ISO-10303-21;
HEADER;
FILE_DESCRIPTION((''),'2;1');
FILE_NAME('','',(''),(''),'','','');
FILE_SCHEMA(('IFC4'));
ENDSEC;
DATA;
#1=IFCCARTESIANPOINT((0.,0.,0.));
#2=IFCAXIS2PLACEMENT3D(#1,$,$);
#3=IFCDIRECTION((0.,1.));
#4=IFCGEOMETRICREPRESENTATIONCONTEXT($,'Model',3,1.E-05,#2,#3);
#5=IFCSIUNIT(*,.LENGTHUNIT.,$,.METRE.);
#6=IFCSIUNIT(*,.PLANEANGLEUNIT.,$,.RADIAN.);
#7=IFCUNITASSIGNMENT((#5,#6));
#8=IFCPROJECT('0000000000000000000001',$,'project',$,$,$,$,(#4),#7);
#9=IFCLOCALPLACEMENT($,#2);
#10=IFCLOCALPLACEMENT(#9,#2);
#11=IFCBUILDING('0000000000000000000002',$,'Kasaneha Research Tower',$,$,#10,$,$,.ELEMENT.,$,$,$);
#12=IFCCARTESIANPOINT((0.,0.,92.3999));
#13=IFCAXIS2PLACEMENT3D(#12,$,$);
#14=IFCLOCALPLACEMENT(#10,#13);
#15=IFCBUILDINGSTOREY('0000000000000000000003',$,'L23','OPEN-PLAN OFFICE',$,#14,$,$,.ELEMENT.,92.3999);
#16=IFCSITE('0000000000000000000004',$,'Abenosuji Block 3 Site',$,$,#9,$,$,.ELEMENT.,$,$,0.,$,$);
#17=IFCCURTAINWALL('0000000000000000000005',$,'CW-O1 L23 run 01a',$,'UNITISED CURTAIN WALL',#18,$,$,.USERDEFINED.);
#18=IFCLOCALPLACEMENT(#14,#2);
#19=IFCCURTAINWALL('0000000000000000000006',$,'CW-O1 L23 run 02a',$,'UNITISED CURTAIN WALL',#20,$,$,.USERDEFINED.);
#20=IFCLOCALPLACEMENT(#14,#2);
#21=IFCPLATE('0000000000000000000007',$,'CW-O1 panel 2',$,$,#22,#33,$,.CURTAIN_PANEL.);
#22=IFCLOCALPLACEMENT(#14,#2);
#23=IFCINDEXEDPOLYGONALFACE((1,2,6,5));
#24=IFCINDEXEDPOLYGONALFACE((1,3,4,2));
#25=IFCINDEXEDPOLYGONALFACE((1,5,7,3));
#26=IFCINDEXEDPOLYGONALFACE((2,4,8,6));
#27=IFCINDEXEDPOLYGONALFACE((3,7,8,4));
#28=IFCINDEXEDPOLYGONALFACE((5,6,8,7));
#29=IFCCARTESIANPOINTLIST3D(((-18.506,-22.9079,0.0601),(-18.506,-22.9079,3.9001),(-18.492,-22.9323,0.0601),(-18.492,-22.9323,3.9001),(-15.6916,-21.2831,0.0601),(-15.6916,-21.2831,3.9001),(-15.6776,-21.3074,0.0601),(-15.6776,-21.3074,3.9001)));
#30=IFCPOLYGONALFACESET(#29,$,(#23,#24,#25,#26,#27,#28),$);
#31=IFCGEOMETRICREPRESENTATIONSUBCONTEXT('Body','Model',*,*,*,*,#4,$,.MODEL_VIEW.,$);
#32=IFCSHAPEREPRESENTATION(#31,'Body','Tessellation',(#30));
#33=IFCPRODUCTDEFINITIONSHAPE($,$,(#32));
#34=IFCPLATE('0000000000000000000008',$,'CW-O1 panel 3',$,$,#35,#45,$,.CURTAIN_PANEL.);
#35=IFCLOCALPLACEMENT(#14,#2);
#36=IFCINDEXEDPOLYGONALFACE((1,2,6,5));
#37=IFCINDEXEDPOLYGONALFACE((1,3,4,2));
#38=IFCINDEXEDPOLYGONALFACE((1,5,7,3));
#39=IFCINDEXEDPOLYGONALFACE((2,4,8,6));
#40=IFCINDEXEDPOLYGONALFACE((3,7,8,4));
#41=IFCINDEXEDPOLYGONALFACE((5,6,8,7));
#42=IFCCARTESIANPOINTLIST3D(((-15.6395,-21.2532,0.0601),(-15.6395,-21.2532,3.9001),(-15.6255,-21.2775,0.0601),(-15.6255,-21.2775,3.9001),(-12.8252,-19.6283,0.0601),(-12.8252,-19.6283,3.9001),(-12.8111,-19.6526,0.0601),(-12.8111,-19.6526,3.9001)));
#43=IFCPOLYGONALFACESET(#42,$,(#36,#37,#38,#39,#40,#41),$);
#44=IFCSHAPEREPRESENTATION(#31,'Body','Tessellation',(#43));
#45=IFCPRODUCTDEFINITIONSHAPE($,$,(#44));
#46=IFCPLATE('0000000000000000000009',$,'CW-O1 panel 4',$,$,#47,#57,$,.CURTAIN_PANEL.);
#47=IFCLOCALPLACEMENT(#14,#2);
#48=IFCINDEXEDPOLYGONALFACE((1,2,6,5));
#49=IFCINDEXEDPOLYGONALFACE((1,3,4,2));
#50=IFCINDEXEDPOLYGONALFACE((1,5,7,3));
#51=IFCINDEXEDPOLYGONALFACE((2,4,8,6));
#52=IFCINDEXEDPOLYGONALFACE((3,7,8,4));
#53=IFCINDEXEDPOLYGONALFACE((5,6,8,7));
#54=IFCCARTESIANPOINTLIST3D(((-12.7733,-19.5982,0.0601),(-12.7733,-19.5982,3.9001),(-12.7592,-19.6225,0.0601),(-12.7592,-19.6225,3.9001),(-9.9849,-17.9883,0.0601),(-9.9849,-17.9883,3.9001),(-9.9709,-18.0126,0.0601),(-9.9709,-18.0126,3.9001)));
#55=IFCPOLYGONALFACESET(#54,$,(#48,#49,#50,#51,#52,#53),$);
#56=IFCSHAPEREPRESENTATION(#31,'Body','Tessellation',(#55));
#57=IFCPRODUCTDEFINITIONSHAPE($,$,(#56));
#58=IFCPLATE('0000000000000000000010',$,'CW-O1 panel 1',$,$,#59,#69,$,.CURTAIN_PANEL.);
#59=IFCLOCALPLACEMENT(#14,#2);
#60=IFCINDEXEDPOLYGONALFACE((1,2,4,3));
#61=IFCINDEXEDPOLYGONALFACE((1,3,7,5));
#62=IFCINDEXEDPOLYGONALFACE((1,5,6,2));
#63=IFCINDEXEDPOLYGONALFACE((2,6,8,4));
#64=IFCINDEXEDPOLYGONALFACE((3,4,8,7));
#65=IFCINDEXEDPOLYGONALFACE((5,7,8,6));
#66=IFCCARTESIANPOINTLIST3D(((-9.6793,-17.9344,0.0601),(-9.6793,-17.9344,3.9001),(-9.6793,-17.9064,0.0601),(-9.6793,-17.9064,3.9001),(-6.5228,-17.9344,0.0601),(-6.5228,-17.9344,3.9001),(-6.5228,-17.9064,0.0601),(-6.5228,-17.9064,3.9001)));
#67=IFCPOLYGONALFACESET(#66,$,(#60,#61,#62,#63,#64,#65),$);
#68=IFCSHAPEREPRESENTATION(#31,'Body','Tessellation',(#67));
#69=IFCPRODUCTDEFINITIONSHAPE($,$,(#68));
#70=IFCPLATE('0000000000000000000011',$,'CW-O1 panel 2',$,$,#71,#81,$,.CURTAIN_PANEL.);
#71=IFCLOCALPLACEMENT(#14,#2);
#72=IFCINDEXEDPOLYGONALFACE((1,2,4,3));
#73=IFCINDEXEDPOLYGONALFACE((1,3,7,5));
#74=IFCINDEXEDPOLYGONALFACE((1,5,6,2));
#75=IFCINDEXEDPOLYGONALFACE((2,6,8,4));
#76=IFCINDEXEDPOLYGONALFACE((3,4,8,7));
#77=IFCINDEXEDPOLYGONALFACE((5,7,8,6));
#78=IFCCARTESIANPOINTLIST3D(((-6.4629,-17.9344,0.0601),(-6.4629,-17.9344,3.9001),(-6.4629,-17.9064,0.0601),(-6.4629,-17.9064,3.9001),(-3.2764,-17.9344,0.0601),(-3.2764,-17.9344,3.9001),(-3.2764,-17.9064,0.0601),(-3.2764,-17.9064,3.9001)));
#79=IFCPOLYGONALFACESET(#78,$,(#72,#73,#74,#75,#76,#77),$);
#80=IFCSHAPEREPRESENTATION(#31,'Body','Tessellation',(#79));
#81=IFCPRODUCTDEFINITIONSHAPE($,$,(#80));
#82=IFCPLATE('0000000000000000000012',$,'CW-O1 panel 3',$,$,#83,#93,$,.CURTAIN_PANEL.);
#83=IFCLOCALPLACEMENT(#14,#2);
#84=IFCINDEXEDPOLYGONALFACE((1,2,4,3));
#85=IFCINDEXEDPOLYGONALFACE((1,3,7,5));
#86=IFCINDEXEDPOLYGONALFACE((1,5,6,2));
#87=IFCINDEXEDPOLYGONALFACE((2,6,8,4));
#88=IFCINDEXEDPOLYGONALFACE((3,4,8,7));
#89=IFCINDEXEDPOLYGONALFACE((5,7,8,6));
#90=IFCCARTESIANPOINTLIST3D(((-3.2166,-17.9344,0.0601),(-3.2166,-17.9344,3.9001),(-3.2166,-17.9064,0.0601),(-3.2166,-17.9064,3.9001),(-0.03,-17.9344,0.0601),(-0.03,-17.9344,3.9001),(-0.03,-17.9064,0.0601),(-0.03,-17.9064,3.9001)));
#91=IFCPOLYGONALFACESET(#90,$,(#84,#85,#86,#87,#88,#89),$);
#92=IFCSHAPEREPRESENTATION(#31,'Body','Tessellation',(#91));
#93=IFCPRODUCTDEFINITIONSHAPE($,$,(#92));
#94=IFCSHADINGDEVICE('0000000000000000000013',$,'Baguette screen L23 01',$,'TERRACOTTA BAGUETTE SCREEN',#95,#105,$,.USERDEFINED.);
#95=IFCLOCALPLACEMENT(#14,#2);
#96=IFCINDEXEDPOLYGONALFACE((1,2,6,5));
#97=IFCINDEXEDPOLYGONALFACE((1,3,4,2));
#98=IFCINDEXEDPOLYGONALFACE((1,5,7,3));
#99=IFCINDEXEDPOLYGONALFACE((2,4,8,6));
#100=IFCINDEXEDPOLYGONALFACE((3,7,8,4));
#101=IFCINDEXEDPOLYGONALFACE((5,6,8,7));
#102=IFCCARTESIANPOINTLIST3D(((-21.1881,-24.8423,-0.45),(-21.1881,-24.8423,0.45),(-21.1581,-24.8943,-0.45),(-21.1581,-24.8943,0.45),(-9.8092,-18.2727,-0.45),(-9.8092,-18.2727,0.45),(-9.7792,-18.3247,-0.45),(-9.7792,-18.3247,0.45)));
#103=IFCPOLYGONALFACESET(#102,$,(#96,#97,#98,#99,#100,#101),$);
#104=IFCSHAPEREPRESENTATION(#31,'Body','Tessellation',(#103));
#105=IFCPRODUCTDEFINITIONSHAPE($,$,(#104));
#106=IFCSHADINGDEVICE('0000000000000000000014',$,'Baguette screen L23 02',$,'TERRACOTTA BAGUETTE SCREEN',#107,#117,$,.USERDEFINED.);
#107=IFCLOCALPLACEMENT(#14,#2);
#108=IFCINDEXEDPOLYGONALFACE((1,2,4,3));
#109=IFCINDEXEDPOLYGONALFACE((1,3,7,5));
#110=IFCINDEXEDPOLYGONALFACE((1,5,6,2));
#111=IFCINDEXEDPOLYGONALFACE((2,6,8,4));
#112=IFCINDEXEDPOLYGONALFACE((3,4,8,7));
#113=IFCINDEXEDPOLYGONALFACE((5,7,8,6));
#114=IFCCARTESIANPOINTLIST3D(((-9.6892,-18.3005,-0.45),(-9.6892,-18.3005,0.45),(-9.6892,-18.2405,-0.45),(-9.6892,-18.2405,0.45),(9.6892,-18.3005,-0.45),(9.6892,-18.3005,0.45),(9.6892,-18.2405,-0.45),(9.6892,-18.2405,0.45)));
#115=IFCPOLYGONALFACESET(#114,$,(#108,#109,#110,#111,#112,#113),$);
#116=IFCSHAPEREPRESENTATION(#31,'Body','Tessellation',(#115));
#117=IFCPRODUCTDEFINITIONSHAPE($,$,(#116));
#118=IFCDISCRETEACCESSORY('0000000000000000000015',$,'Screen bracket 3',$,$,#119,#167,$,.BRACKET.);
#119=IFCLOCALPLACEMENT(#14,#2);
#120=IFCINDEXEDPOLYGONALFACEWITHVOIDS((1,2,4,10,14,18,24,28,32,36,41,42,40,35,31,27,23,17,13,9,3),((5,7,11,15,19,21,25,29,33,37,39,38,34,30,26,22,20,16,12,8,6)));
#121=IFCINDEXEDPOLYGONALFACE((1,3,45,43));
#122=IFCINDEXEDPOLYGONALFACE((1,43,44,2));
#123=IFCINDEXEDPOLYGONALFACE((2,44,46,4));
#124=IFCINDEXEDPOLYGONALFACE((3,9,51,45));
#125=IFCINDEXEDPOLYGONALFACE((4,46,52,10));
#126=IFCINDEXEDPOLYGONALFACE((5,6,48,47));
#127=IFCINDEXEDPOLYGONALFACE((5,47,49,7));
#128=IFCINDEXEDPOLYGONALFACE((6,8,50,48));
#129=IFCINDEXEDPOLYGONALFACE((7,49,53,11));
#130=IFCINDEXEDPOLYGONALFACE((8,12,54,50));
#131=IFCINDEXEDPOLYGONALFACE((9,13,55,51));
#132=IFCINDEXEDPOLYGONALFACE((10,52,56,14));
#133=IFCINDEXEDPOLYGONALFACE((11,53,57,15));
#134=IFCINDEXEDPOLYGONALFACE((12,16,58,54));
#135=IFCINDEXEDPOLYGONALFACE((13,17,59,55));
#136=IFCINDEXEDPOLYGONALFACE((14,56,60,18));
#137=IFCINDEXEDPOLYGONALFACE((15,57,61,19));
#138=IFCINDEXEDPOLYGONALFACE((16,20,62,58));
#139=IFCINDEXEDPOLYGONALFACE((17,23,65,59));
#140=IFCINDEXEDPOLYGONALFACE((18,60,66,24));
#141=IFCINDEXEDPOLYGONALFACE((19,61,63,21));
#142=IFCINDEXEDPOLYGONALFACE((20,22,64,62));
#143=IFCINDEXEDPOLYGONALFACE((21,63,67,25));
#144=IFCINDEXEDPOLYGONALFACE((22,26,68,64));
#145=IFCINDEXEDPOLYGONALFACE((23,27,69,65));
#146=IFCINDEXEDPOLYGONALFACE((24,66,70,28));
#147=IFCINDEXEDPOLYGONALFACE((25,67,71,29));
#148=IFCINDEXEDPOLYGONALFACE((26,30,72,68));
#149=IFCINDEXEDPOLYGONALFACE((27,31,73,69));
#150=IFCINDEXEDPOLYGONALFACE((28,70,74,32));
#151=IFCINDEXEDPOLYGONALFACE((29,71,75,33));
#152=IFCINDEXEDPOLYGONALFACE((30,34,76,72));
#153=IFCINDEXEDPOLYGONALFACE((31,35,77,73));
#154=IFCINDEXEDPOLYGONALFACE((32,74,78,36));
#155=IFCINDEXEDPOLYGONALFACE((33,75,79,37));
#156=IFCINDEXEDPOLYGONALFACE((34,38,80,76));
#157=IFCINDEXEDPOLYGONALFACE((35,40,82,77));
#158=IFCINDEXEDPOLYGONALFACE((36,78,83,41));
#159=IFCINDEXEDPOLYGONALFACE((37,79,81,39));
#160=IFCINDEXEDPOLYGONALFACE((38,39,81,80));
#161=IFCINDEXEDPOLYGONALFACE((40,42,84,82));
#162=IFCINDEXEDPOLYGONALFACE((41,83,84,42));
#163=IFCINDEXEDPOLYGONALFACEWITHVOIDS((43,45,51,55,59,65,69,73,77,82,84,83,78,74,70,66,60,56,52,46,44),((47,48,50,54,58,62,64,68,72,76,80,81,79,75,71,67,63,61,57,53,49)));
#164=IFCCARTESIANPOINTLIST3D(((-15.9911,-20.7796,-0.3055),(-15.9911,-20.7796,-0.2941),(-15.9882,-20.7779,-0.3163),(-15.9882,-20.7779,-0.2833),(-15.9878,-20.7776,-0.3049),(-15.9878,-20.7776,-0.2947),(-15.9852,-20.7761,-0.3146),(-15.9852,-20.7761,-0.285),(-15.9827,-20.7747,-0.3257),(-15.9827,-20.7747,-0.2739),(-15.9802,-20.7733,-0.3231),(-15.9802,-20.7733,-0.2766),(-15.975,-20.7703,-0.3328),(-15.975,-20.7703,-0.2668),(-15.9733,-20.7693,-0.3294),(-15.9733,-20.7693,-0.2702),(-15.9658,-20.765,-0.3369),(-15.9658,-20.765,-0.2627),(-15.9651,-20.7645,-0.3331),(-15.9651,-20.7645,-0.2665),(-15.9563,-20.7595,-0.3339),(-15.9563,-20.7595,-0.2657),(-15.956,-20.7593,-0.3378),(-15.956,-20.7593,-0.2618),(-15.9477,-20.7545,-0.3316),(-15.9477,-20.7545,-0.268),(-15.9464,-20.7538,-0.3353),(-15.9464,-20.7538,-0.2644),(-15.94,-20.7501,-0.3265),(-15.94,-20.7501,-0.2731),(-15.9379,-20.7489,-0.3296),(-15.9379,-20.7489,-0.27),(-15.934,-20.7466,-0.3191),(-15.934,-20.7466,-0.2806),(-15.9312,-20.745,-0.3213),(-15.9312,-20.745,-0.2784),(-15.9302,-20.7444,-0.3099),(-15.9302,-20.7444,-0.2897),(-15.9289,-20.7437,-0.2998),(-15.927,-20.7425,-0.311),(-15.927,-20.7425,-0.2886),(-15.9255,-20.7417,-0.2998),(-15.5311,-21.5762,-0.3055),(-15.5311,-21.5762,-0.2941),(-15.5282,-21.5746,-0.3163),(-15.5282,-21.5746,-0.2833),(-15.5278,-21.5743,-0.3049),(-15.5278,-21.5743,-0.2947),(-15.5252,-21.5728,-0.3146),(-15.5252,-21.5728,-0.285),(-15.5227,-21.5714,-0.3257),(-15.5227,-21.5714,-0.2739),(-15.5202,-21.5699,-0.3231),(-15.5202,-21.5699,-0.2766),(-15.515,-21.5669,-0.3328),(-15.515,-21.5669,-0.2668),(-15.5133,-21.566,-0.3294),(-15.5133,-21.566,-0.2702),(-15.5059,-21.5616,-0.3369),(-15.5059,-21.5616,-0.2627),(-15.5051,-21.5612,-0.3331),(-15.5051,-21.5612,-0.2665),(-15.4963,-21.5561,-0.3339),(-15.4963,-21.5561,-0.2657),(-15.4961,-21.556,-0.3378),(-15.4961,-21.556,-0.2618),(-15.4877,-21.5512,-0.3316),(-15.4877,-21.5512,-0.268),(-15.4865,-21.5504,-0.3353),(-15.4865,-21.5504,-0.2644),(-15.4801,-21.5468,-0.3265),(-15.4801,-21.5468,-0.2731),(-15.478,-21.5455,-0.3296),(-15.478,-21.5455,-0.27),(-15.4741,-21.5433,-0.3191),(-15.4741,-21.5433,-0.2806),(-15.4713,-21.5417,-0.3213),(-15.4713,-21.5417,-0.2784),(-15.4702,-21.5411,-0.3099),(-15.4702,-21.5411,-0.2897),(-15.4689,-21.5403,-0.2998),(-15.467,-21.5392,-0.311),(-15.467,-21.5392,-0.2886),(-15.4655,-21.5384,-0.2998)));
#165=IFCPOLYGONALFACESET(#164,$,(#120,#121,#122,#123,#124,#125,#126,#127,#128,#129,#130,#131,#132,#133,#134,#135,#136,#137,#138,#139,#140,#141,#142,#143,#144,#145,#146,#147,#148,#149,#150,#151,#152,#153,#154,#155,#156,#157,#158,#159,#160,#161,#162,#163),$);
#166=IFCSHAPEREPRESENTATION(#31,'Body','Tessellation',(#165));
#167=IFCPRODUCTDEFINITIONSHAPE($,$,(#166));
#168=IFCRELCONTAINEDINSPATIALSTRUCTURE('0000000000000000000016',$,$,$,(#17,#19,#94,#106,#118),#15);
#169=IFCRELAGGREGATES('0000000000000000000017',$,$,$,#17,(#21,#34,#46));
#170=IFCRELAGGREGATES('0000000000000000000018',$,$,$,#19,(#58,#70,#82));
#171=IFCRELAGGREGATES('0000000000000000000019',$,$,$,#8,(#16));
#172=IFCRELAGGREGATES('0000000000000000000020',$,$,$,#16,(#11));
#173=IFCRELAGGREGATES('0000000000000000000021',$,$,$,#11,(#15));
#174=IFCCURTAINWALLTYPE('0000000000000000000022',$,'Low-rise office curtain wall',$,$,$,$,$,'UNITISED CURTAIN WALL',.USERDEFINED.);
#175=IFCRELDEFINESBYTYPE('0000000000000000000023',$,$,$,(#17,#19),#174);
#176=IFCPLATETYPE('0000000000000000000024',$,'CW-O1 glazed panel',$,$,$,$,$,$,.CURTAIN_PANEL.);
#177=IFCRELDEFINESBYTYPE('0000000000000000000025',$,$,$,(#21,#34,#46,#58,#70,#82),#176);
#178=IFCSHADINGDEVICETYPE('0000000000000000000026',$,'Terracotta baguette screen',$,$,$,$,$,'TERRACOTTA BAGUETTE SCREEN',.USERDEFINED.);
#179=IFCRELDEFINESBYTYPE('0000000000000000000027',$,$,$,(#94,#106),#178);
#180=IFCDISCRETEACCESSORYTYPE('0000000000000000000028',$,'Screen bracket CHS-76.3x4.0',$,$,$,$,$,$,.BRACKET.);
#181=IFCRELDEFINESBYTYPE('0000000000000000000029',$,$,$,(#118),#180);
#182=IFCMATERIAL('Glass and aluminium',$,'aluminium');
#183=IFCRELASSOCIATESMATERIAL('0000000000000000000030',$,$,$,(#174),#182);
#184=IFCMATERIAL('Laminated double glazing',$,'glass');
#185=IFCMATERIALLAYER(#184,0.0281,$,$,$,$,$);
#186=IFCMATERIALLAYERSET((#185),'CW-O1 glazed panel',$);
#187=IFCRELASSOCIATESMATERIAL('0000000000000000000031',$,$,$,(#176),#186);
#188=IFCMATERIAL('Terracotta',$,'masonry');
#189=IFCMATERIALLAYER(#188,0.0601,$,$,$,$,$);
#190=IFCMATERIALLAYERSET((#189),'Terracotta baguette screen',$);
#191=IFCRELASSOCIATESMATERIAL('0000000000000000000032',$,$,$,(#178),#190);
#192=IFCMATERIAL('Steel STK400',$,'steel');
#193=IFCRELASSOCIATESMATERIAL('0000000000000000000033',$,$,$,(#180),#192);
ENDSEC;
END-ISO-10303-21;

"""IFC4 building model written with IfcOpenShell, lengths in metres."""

from ifc_helpers import new_model, si_unit, direction, frame, origin, origin_2d, place, context, subcontext, project, spatial, rectangle, hollow_circle, extrude, material, layer, layer_set, material_profile, profile_set, type_object, element, aggregate, save


model = new_model("IFC4")

# Units and contexts
model_context = context("Model", 3, precision=1e-05, world=origin(), true_north=direction((0.0, 1.0)))
body_context = subcontext(model_context, "Body", "Model", "MODEL_VIEW")
ifc_project = project(units=[si_unit("LENGTHUNIT", "METRE"), si_unit("PLANEANGLEUNIT", "RADIAN")], contexts=[model_context])

# Site, building, storey
site_placement = place(None, origin())
site = spatial("IfcSite", under=ifc_project, at=site_placement, Name="Abenosuji Block 3 Site", CompositionType="ELEMENT", RefElevation=0.0)
building_placement = place(site_placement, origin())
building = spatial("IfcBuilding", under=site, at=building_placement, Name="Kasaneha Research Tower", CompositionType="ELEMENT")
storey_placement = place(building_placement, frame((0.0, 0.0, 92.3999)))
storey = spatial("IfcBuildingStorey", under=building, at=storey_placement, Name="L23", Description="OPEN-PLAN OFFICE", CompositionType="ELEMENT", Elevation=92.3999)

# Curtain walls
ifc_material_1 = material(Name="Glass and aluminium", Category="aluminium")
curtain_wall_type = type_object("IfcCurtainWallType", Name="Low-rise office curtain wall", ElementType="UNITISED CURTAIN WALL", PredefinedType="USERDEFINED", material=ifc_material_1)
curtain_wall_1_placement = place(storey_placement, origin())
curtain_wall_1 = element("IfcCurtainWall", 1, at=curtain_wall_1_placement, inside=storey, type_object=curtain_wall_type, Name="CW-O1 L23 run 01a", ObjectType="UNITISED CURTAIN WALL", PredefinedType="USERDEFINED")
curtain_wall_2_placement = place(storey_placement, origin())
curtain_wall_2 = element("IfcCurtainWall", 2, at=curtain_wall_2_placement, inside=storey, type_object=curtain_wall_type, Name="CW-O1 L23 run 02a", ObjectType="UNITISED CURTAIN WALL", PredefinedType="USERDEFINED")

# Plates
ifc_material_2 = material(Name="Laminated double glazing", Category="glass")
ifc_layer_1 = layer(ifc_material_2, 0.0281)
ifc_layer_set_1 = layer_set([ifc_layer_1], Name="CW-O1 glazed panel")
plate_type = type_object("IfcPlateType", Name="CW-O1 glazed panel", PredefinedType="CURTAIN_PANEL", material=ifc_layer_set_1)
plate_1_placement = place(storey_placement, frame((-17.0918, -22.1077, 0.0601), z_axis=(0.0, 0.0, 1.0), x_axis=(0.866025, 0.5, 0.0)))
plate_1 = element("IfcPlate", 3, at=plate_1_placement, type_object=plate_type, Name="CW-O1 panel 2", PredefinedType="CURTAIN_PANEL", context=body_context, shape_type="SweptSolid", body=[
    extrude(rectangle(XDim=3.2498, YDim=0.0281, at=origin_2d()), origin(), (0.0, 0.0, 1.0), 3.8401),
])
plate_2_placement = place(storey_placement, frame((-14.2253, -20.4529, 0.0601), z_axis=(0.0, 0.0, 1.0), x_axis=(0.866025, 0.5, 0.0)))
plate_2 = element("IfcPlate", 4, at=plate_2_placement, type_object=plate_type, Name="CW-O1 panel 3", PredefinedType="CURTAIN_PANEL", context=body_context, shape_type="SweptSolid", body=[
    extrude(rectangle(XDim=3.2498, YDim=0.0281, at=origin_2d()), origin(), (0.0, 0.0, 1.0), 3.8401),
])
plate_3_placement = place(storey_placement, frame((-11.3721, -18.8054, 0.0601), z_axis=(0.0, 0.0, 1.0), x_axis=(0.866025, 0.5, 0.0)))
plate_3 = element("IfcPlate", 5, at=plate_3_placement, type_object=plate_type, Name="CW-O1 panel 4", PredefinedType="CURTAIN_PANEL", context=body_context, shape_type="SweptSolid", body=[
    extrude(rectangle(XDim=3.2197, YDim=0.0281, at=origin_2d()), origin(), (0.0, 0.0, 1.0), 3.8401),
])
aggregate(curtain_wall_1, [plate_1, plate_2, plate_3])
plate_4_placement = place(storey_placement, frame((-8.1011, -17.9204, 0.0601), z_axis=(0.0, 0.0, 1.0), x_axis=(1.0, 0.0, 0.0)))
plate_4 = element("IfcPlate", 6, at=plate_4_placement, type_object=plate_type, Name="CW-O1 panel 1", PredefinedType="CURTAIN_PANEL", context=body_context, shape_type="SweptSolid", body=[
    extrude(rectangle(XDim=3.1565, YDim=0.0281, at=origin_2d()), origin(), (0.0, 0.0, 1.0), 3.8401),
])
plate_5_placement = place(storey_placement, frame((-4.8696, -17.9204, 0.0601), z_axis=(0.0, 0.0, 1.0), x_axis=(1.0, 0.0, 0.0)))
plate_5 = element("IfcPlate", 7, at=plate_5_placement, type_object=plate_type, Name="CW-O1 panel 2", PredefinedType="CURTAIN_PANEL", context=body_context, shape_type="SweptSolid", body=[
    extrude(rectangle(XDim=3.1865, YDim=0.0281, at=origin_2d()), origin(), (0.0, 0.0, 1.0), 3.8401),
])
plate_6_placement = place(storey_placement, frame((-1.6233, -17.9204, 0.0601), z_axis=(0.0, 0.0, 1.0), x_axis=(1.0, 0.0, 0.0)))
plate_6 = element("IfcPlate", 8, at=plate_6_placement, type_object=plate_type, Name="CW-O1 panel 3", PredefinedType="CURTAIN_PANEL", context=body_context, shape_type="SweptSolid", body=[
    extrude(rectangle(XDim=3.1865, YDim=0.0281, at=origin_2d()), origin(), (0.0, 0.0, 1.0), 3.8401),
])
aggregate(curtain_wall_2, [plate_4, plate_5, plate_6])

# Shading devices
ifc_material_3 = material(Name="Terracotta", Category="masonry")
ifc_layer_2 = layer(ifc_material_3, 0.0601)
ifc_layer_set_2 = layer_set([ifc_layer_2], Name="Terracotta baguette screen")
shading_device_type = type_object("IfcShadingDeviceType", Name="Terracotta baguette screen", ElementType="TERRACOTTA BAGUETTE SCREEN", PredefinedType="USERDEFINED", material=ifc_layer_set_2)
shading_device_1_placement = place(storey_placement, frame((-15.4836, -21.5835, -0.45), z_axis=(0.0, 0.0, 1.0), x_axis=(0.866025, 0.5, 0.0)))
element("IfcShadingDevice", 9, at=shading_device_1_placement, inside=storey, type_object=shading_device_type, Name="Baguette screen L23 01", ObjectType="TERRACOTTA BAGUETTE SCREEN", PredefinedType="USERDEFINED", context=body_context, shape_type="SweptSolid", body=[
    extrude(rectangle(XDim=13.1392, YDim=0.0601, at=origin_2d()), origin(), (0.0, 0.0, 1.0), 0.8999),
])
shading_device_2_placement = place(storey_placement, frame((0.0, -18.2705, -0.45), z_axis=(0.0, 0.0, 1.0), x_axis=(1.0, 0.0, 0.0)))
element("IfcShadingDevice", 10, at=shading_device_2_placement, inside=storey, type_object=shading_device_type, Name="Baguette screen L23 02", ObjectType="TERRACOTTA BAGUETTE SCREEN", PredefinedType="USERDEFINED", context=body_context, shape_type="SweptSolid", body=[
    extrude(rectangle(XDim=19.3784, YDim=0.0601, at=origin_2d()), origin(), (0.0, 0.0, 1.0), 0.8999),
])

# Discrete accessory
ifc_material_4 = material(Name="Steel STK400", Category="steel")
ifc_material_profile_1 = material_profile(ifc_material_4, hollow_circle(Radius=0.0381, WallThickness=0.0039, at=origin_2d()), Name="CHS-76.3x4.0")
ifc_profile_set_1 = profile_set([ifc_material_profile_1], Name="Steel STK400")
discrete_accessory_type = type_object("IfcDiscreteAccessoryType", Name="Screen bracket CHS-76.3x4.0", PredefinedType="BRACKET", material=ifc_profile_set_1)
discrete_accessory_1_placement = place(storey_placement, frame((-15.9585, -20.7607, -0.2998), z_axis=(0.500021, -0.866013, 0.0), x_axis=(0.866013, 0.500021, 0.0)))
element("IfcDiscreteAccessory", 11, at=discrete_accessory_1_placement, inside=storey, type_object=discrete_accessory_type, Name="Screen bracket 3", PredefinedType="BRACKET", context=body_context, shape_type="SweptSolid", body=[
    extrude(hollow_circle(Radius=0.0381, WallThickness=0.0039, at=origin_2d()), origin(), (0.0, 0.0, 1.0), 0.9199),
])

save(model, "model.ifc")
